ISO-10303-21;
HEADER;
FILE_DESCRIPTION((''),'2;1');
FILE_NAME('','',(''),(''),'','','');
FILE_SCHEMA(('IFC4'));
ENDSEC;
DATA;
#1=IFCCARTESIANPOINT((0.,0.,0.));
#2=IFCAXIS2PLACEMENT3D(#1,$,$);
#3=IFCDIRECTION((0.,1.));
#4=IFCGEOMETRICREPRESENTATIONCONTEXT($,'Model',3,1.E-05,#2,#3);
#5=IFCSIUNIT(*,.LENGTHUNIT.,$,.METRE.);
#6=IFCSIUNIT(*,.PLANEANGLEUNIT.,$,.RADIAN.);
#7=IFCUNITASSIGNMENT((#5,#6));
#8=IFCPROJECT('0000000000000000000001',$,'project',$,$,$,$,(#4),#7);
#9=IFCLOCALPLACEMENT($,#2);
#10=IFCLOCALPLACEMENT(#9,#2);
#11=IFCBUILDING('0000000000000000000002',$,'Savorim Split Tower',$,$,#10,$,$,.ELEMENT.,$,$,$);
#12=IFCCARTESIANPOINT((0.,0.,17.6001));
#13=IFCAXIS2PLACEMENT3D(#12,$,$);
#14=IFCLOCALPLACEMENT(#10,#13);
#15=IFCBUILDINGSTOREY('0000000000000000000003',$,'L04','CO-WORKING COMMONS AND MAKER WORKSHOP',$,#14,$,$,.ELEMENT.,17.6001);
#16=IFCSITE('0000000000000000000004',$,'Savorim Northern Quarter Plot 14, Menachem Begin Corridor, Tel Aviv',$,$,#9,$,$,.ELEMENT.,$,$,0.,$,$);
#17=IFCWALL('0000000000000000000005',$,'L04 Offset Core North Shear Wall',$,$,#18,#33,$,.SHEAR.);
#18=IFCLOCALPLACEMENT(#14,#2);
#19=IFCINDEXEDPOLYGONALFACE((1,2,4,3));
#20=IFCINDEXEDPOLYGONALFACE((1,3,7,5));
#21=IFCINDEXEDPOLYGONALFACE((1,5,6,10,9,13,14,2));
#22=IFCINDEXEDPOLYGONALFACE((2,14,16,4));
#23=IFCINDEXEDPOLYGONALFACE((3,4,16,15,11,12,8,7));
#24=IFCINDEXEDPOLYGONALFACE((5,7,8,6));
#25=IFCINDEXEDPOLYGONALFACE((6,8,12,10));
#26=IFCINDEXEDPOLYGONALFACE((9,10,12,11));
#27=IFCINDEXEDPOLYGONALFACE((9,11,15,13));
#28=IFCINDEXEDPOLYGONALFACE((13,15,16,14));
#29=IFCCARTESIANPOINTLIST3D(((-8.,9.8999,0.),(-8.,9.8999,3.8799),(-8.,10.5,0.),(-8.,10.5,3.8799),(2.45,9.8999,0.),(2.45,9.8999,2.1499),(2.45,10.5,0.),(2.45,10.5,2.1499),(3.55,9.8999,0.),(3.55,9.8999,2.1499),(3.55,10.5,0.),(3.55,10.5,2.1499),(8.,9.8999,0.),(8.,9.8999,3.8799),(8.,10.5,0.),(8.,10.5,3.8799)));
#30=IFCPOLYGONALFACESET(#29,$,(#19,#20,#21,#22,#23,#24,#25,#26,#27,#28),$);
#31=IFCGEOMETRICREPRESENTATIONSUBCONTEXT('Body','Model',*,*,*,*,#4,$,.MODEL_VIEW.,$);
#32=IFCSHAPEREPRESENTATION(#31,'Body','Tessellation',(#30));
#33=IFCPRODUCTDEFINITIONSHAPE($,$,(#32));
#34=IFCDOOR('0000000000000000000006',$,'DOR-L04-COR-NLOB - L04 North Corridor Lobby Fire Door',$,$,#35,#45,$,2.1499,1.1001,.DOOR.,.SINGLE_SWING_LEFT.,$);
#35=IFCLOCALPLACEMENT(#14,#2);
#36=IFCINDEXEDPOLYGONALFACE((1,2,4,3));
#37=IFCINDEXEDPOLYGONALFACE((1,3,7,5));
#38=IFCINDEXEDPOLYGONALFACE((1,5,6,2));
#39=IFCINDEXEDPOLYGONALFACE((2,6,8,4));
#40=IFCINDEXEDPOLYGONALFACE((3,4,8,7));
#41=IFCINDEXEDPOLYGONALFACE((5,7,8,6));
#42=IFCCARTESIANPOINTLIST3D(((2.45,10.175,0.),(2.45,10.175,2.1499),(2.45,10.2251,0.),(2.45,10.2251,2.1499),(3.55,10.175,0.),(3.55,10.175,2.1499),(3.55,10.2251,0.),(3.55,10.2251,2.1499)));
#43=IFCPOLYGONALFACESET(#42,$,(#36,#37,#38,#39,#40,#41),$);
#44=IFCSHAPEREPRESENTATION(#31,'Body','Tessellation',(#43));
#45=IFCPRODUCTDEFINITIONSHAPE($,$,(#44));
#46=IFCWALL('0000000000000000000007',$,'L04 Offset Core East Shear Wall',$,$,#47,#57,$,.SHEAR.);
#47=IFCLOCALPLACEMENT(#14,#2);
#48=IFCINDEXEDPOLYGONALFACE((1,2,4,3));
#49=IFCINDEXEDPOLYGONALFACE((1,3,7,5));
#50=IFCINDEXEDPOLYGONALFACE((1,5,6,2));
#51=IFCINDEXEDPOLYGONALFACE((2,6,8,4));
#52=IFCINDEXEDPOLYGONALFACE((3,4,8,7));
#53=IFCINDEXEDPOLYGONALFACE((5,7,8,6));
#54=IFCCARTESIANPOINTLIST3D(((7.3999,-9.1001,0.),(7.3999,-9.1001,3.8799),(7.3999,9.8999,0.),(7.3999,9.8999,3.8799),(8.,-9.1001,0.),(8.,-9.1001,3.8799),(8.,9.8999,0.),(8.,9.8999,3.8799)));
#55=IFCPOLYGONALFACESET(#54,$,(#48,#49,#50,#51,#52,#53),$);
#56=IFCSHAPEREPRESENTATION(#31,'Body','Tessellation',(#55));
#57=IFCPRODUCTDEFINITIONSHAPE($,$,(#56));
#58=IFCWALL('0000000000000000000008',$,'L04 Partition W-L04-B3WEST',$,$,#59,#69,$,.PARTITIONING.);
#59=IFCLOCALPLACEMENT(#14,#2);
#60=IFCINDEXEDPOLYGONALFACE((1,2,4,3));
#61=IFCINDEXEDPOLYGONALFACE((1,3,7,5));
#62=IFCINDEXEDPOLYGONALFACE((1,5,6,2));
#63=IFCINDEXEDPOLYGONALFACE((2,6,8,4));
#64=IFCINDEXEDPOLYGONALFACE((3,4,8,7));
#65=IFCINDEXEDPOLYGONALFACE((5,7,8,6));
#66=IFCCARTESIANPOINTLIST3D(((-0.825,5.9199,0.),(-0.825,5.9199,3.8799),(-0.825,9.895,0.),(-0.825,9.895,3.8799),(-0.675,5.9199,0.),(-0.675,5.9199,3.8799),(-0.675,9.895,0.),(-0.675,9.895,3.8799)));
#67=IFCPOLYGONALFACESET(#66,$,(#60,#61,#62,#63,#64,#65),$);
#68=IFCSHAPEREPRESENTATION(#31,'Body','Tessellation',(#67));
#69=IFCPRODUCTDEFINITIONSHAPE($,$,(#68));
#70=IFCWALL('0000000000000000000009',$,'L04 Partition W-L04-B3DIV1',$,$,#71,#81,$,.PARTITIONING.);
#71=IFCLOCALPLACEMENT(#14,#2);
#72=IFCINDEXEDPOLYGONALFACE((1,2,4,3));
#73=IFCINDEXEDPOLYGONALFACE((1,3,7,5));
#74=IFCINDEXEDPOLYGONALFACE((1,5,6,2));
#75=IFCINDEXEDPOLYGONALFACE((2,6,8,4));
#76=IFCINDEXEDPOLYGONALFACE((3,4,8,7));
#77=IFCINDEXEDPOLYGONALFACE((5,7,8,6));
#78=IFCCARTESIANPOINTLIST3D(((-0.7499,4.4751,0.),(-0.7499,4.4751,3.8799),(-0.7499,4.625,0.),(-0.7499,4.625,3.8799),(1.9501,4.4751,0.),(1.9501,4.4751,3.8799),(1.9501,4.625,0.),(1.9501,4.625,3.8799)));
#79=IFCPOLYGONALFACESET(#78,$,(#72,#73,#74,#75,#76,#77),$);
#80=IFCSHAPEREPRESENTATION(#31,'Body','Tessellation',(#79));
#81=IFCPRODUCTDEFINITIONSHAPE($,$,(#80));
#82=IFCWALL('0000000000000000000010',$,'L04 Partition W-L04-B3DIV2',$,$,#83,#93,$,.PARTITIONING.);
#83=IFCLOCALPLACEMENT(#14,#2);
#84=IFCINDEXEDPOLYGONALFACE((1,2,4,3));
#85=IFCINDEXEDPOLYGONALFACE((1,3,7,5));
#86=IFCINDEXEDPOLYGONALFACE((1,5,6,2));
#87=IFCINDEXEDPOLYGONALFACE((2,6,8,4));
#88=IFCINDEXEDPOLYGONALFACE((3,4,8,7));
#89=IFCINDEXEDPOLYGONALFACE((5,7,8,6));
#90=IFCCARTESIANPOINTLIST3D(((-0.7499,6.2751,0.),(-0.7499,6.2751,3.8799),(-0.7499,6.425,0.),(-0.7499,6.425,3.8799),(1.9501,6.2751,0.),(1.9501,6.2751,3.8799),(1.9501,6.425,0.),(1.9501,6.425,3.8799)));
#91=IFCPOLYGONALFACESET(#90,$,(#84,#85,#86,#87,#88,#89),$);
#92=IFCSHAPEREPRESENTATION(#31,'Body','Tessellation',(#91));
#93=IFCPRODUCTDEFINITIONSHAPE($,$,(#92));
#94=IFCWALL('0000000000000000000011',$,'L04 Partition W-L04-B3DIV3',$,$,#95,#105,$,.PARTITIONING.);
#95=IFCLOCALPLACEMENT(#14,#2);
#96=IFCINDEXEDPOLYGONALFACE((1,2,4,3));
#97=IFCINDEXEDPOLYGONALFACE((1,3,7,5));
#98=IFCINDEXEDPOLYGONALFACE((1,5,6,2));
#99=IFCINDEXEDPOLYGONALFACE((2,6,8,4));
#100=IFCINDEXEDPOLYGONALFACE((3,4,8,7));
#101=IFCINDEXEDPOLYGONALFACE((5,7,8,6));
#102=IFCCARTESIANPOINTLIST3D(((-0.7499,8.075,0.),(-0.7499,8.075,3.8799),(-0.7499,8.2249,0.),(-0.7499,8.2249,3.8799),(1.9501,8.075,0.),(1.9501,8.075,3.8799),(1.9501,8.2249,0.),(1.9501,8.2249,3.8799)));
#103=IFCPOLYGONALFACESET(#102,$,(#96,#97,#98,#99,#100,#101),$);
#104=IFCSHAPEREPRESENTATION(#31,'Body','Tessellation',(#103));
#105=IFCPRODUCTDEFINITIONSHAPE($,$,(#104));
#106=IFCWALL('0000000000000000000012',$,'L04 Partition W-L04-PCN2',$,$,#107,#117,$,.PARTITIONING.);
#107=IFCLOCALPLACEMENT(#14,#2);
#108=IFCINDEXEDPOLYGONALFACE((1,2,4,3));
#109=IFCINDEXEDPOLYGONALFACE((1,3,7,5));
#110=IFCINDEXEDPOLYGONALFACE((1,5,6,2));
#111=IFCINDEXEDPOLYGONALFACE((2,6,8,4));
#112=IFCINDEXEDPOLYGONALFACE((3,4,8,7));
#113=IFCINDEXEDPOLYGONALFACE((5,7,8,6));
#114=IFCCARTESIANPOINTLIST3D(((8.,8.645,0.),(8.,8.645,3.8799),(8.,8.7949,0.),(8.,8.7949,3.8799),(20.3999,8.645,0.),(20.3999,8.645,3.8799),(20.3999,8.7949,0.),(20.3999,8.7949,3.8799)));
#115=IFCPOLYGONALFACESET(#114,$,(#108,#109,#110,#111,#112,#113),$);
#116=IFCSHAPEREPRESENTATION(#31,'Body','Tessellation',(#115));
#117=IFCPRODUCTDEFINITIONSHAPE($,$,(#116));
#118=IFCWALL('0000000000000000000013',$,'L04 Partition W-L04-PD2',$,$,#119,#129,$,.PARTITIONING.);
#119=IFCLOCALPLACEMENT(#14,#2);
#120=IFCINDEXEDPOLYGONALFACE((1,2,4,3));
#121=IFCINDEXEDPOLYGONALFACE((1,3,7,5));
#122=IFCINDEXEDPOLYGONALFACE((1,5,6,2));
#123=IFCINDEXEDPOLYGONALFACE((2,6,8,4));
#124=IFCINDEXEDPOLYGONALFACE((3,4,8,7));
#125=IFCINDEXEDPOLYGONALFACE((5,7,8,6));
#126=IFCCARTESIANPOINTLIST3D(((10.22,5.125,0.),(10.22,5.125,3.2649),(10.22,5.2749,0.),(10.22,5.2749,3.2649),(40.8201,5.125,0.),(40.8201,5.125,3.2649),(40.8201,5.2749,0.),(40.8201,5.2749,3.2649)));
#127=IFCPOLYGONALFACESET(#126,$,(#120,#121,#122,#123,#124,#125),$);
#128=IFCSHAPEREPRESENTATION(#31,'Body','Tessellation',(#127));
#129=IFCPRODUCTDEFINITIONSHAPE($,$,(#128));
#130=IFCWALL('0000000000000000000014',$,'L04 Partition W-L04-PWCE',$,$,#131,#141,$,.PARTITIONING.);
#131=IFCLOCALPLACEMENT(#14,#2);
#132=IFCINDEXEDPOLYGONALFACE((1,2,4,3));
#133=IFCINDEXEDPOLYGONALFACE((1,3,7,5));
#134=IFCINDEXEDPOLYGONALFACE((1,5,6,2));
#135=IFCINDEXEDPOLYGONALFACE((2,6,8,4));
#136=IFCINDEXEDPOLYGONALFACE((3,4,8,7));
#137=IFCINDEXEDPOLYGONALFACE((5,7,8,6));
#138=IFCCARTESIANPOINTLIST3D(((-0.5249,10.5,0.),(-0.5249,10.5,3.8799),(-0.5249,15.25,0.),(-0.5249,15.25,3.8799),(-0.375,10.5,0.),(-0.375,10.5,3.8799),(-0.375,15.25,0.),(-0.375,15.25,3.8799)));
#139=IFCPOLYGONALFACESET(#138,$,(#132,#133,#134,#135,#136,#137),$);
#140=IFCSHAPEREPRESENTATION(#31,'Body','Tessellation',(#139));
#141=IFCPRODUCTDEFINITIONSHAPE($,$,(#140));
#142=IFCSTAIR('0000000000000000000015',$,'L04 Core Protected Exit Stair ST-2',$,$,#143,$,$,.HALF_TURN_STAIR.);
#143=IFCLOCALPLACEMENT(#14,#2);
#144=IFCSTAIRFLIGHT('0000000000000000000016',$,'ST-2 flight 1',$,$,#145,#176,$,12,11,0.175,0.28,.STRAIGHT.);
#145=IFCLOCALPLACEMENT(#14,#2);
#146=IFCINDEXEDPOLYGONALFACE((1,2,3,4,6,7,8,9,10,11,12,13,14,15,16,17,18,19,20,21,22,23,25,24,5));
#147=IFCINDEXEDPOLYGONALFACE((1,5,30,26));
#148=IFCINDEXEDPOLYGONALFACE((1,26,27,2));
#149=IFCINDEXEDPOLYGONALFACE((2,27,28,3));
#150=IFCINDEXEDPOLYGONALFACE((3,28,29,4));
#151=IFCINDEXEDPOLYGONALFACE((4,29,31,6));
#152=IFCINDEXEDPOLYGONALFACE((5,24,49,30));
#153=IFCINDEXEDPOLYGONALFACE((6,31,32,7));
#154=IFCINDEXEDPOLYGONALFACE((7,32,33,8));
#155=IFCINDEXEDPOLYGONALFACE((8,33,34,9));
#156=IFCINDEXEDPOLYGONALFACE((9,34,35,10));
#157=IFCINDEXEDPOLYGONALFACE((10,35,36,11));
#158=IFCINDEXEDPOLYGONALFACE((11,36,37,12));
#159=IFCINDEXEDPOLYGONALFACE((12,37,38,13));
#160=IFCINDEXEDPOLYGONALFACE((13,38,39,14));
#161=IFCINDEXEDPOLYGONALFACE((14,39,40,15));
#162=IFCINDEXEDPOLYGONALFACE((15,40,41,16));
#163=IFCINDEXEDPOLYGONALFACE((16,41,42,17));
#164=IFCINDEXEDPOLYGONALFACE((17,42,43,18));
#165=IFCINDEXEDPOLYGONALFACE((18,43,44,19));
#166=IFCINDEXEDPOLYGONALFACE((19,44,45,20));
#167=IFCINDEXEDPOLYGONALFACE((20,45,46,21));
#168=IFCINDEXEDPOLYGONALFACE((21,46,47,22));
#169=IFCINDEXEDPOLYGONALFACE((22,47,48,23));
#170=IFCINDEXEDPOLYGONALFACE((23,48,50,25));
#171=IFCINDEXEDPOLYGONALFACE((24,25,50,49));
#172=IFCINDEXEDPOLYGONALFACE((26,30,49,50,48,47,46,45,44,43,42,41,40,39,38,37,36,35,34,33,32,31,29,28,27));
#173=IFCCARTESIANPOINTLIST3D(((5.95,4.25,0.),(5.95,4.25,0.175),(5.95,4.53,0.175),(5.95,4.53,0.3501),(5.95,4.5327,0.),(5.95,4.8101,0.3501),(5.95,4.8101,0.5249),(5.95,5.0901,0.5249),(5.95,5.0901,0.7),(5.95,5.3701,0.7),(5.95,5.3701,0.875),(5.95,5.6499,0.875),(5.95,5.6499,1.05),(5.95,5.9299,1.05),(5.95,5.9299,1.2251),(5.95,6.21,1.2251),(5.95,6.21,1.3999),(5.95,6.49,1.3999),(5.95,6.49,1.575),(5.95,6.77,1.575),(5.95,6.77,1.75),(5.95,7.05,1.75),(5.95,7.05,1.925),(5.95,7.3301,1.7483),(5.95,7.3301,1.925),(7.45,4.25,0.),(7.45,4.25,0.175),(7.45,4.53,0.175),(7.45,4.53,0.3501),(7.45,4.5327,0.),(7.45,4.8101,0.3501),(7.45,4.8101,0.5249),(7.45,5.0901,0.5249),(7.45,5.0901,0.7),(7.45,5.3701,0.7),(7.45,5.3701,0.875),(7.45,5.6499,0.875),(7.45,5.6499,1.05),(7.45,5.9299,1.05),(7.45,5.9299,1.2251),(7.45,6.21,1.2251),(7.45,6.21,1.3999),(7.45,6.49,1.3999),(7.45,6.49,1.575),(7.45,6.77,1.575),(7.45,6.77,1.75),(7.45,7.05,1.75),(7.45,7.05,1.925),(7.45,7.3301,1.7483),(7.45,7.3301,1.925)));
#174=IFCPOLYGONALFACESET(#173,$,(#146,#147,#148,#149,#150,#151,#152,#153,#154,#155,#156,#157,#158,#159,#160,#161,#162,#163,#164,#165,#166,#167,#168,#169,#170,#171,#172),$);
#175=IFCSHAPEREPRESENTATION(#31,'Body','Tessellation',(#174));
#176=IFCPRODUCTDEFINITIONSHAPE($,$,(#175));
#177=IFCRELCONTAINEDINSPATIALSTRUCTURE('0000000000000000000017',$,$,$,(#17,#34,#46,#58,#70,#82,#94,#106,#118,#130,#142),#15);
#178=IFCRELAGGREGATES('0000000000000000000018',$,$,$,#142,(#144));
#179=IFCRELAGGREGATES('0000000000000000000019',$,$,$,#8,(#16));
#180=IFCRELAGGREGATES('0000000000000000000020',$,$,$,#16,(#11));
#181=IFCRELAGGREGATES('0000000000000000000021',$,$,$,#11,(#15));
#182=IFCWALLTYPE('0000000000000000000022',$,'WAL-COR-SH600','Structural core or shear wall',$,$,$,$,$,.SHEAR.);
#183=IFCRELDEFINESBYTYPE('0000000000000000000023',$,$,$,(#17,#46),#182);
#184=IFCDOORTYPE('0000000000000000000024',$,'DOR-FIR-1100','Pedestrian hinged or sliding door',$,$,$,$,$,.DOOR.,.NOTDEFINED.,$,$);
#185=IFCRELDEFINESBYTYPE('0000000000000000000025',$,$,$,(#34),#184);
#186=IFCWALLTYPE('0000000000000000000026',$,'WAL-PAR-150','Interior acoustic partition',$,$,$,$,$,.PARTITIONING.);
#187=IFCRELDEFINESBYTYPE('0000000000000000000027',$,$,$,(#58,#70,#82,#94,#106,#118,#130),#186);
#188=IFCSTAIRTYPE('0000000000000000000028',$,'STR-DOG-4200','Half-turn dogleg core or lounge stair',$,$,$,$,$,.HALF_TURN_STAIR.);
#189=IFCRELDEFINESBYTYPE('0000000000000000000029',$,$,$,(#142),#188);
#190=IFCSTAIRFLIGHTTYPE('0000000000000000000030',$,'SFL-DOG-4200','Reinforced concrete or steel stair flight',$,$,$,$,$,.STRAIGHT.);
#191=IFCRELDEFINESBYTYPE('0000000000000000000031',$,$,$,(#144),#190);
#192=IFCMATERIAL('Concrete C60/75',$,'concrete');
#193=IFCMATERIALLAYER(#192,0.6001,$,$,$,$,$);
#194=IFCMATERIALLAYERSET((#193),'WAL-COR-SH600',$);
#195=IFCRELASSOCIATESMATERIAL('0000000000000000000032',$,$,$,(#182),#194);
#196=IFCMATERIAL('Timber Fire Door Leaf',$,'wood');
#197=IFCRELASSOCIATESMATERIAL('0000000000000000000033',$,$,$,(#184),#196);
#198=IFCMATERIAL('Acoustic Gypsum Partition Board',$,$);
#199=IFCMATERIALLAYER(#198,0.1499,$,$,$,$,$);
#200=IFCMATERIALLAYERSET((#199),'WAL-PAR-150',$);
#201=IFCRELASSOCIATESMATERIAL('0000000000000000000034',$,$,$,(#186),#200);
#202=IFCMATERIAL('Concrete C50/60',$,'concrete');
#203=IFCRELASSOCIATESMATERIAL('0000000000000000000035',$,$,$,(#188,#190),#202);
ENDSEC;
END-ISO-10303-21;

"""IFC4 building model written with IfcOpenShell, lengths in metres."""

from ifc_helpers import new_model, si_unit, direction, frame, frame_2d, origin, place, context, subcontext, project, spatial, polyline, rectangle, outline, extrude, material, layer, layer_set, type_object, element, fill, aggregate, save


model = new_model("IFC4")

# Units and contexts
model_context = context("Model", 3, precision=1e-05, world=origin(), true_north=direction((0.0, 1.0)))
body_context = subcontext(model_context, "Body", "Model", "MODEL_VIEW")
ifc_project = project(units=[si_unit("LENGTHUNIT", "METRE"), si_unit("PLANEANGLEUNIT", "RADIAN")], contexts=[model_context])

# Site, building, storey
site_placement = place(None, origin())
site = spatial("IfcSite", under=ifc_project, at=site_placement, Name="Savorim Northern Quarter Plot 14, Menachem Begin Corridor, Tel Aviv", CompositionType="ELEMENT", RefElevation=0.0)
building_placement = place(site_placement, origin())
building = spatial("IfcBuilding", under=site, at=building_placement, Name="Savorim Split Tower", CompositionType="ELEMENT")
storey_placement = place(building_placement, frame((0.0, 0.0, 17.6001)))
storey = spatial("IfcBuildingStorey", under=building, at=storey_placement, Name="L04", Description="CO-WORKING COMMONS AND MAKER WORKSHOP", CompositionType="ELEMENT", Elevation=17.6001)

# Shared definitions
ifc_material_1 = material(Name="Concrete C60/75", Category="concrete")

# Wall, opening, door
ifc_layer_1 = layer(ifc_material_1, 0.6001)
ifc_layer_set_1 = layer_set([ifc_layer_1], Name="WAL-COR-SH600")
wall_type_1 = type_object("IfcWallType", Name="WAL-COR-SH600", Description="Structural core or shear wall", PredefinedType="SHEAR", material=ifc_layer_set_1)
wall_1_placement = place(storey_placement, frame((8.0, 10.2, 0.0), z_axis=(0.0, 0.0, 1.0), x_axis=(-1.0, 0.0, 0.0)))
wall_1 = element("IfcWall", 1, at=wall_1_placement, inside=storey, type_object=wall_type_1, Name="L04 Offset Core North Shear Wall", PredefinedType="SHEAR", context=body_context, shape_type="SweptSolid", body=[
    extrude(rectangle(XDim=16.0, YDim=0.6001, at=frame_2d((8.0, 0.0))), origin(), (0.0, 0.0, 1.0), 3.8799),
])
opening_placement = place(wall_1_placement, frame((4.45, 0.0, 0.0)))
opening = element("IfcOpeningElement", 2, at=opening_placement, cuts=wall_1, PredefinedType="OPENING", context=body_context, shape_type="SweptSolid", body=[
    extrude(rectangle(XDim=1.1001, YDim=2.1499, at=frame_2d((0.55, 1.075))), frame((0.0, 0.3101, 0.0), z_axis=(0.0, -1.0, 0.0), x_axis=(1.0, 0.0, 0.0)), (0.0, 0.0, 1.0), 0.6201),
])
ifc_material_2 = material(Name="Timber Fire Door Leaf", Category="wood")
door_type = type_object("IfcDoorType", Name="DOR-FIR-1100", Description="Pedestrian hinged or sliding door", OperationType="NOTDEFINED", PredefinedType="DOOR", material=ifc_material_2)
door_placement = place(opening_placement, origin())
door = element("IfcDoor", 3, at=door_placement, inside=storey, type_object=door_type, Name="DOR-L04-COR-NLOB - L04 North Corridor Lobby Fire Door", OperationType="SINGLE_SWING_LEFT", OverallHeight=2.1499, OverallWidth=1.1001, PredefinedType="DOOR", context=body_context, shape_type="SweptSolid", body=[
    extrude(rectangle(XDim=1.1001, YDim=2.1499, at=frame_2d((0.55, 1.075))), frame((0.0, 0.0249, 0.0), z_axis=(0.0, -1.0, 0.0), x_axis=(1.0, 0.0, 0.0)), (0.0, 0.0, 1.0), 0.05),
])
fill(opening, door)

# Walls
wall_2_placement = place(storey_placement, frame((7.7, 9.8999, 0.0), z_axis=(0.0, 0.0, 1.0), x_axis=(0.0, -1.0, 0.0)))
element("IfcWall", 4, at=wall_2_placement, inside=storey, type_object=wall_type_1, Name="L04 Offset Core East Shear Wall", PredefinedType="SHEAR", context=body_context, shape_type="SweptSolid", body=[
    extrude(rectangle(XDim=19.0, YDim=0.6001, at=frame_2d((9.5, 0.0))), origin(), (0.0, 0.0, 1.0), 3.8799),
])
ifc_material_3 = material(Name="Acoustic Gypsum Partition Board")
ifc_layer_2 = layer(ifc_material_3, 0.1499)
ifc_layer_set_2 = layer_set([ifc_layer_2], Name="WAL-PAR-150")
wall_type_2 = type_object("IfcWallType", Name="WAL-PAR-150", Description="Interior acoustic partition", PredefinedType="PARTITIONING", material=ifc_layer_set_2)
wall_3_placement = place(storey_placement, frame((-0.75, 5.9199, 0.0), z_axis=(0.0, 0.0, 1.0), x_axis=(0.0, 1.0, 0.0)))
element("IfcWall", 5, at=wall_3_placement, inside=storey, type_object=wall_type_2, Name="L04 Partition W-L04-B3WEST", PredefinedType="PARTITIONING", context=body_context, shape_type="SweptSolid", body=[
    extrude(rectangle(XDim=3.9751, YDim=0.1499, at=frame_2d((1.9875, 0.0))), origin(), (0.0, 0.0, 1.0), 3.8799),
])
for number, where, z_axis, x_axis, name in (
    (6, (-0.75, 4.55, 0.0), (0.0, 0.0, 1.0), (1.0, 0.0, 0.0), "L04 Partition W-L04-B3DIV1"),
    (7, (-0.75, 6.3501, 0.0), (0.0, 0.0, 1.0), (1.0, 0.0, 0.0), "L04 Partition W-L04-B3DIV2"),
    (8, (-0.75, 8.1499, 0.0), (0.0, 0.0, 1.0), (1.0, 0.0, 0.0), "L04 Partition W-L04-B3DIV3"),
):
    element("IfcWall", number, at=place(storey_placement, frame(where, z_axis=z_axis, x_axis=x_axis)), inside=storey, type_object=wall_type_2, Name=name, PredefinedType="PARTITIONING", context=body_context, shape_type="SweptSolid", body=[
        extrude(rectangle(XDim=2.7, YDim=0.1499, at=frame_2d((1.3501, 0.0))), origin(), (0.0, 0.0, 1.0), 3.8799),
    ])
wall_4_placement = place(storey_placement, frame((8.0, 8.72, 0.0), z_axis=(0.0, 0.0, 1.0), x_axis=(1.0, 0.0, 0.0)))
element("IfcWall", 9, at=wall_4_placement, inside=storey, type_object=wall_type_2, Name="L04 Partition W-L04-PCN2", PredefinedType="PARTITIONING", context=body_context, shape_type="SweptSolid", body=[
    extrude(rectangle(XDim=12.3999, YDim=0.1499, at=frame_2d((6.2, 0.0))), origin(), (0.0, 0.0, 1.0), 3.8799),
])
wall_5_placement = place(storey_placement, frame((10.22, 5.2, 0.0), z_axis=(0.0, 0.0, 1.0), x_axis=(1.0, 0.0, 0.0)))
element("IfcWall", 10, at=wall_5_placement, inside=storey, type_object=wall_type_2, Name="L04 Partition W-L04-PD2", PredefinedType="PARTITIONING", context=body_context, shape_type="SweptSolid", body=[
    extrude(rectangle(XDim=30.6001, YDim=0.1499, at=frame_2d((15.3, 0.0))), origin(), (0.0, 0.0, 1.0), 3.2649),
])
wall_6_placement = place(storey_placement, frame((-0.45, 10.5, 0.0), z_axis=(0.0, 0.0, 1.0), x_axis=(0.0, 1.0, 0.0)))
element("IfcWall", 11, at=wall_6_placement, inside=storey, type_object=wall_type_2, Name="L04 Partition W-L04-PWCE", PredefinedType="PARTITIONING", context=body_context, shape_type="SweptSolid", body=[
    extrude(rectangle(XDim=4.75, YDim=0.1499, at=frame_2d((2.375, 0.0))), origin(), (0.0, 0.0, 1.0), 3.8799),
])

# Stair, stair flight
ifc_material_4 = material(Name="Concrete C50/60", Category="concrete")
stair_type = type_object("IfcStairType", Name="STR-DOG-4200", Description="Half-turn dogleg core or lounge stair", PredefinedType="HALF_TURN_STAIR", material=ifc_material_4)
stair_placement = place(storey_placement, origin())
stair = element("IfcStair", 12, at=stair_placement, inside=storey, type_object=stair_type, Name="L04 Core Protected Exit Stair ST-2", PredefinedType="HALF_TURN_STAIR")
stair_flight_type = type_object("IfcStairFlightType", Name="SFL-DOG-4200", Description="Reinforced concrete or steel stair flight", PredefinedType="STRAIGHT", material=ifc_material_4)
stair_flight_1_placement = place(storey_placement, frame((6.7, 4.25, 0.0), z_axis=(0.0, 0.0, 1.0), x_axis=(0.0, 1.0, 0.0)))
stair_flight_1 = element("IfcStairFlight", 13, at=stair_flight_1_placement, type_object=stair_flight_type, Name="ST-2 flight 1", NumberOfRisers=12, NumberOfTreads=11, PredefinedType="STRAIGHT", RiserHeight=0.175, TreadLength=0.28, context=body_context, shape_type="SweptSolid", body=[
    extrude(outline(polyline([(0.0, 0.0), (0.0, 0.175), (0.28, 0.175), (0.28, 0.3501), (0.5601, 0.3501), (0.5601, 0.5249), (0.8401, 0.5249), (0.8401, 0.7), (1.1201, 0.7), (1.1201, 0.875), (1.3999, 0.875), (1.3999, 1.05), (1.6799, 1.05), (1.6799, 1.2251), (1.96, 1.2251), (1.96, 1.3999), (2.24, 1.3999), (2.24, 1.575), (2.52, 1.575), (2.52, 1.75), (2.8, 1.75), (2.8, 1.925), (3.0801, 1.925), (3.0801, 2.1001), (3.0801, 1.7483), (0.2827, 0.0), (0.0, 0.0)])), frame((0.0, 0.75, 0.0), z_axis=(0.0, -1.0, 0.0), x_axis=(1.0, 0.0, 0.0)), (0.0, 0.0, 1.0), 1.5),
])
aggregate(stair, [stair_flight_1])

save(model, "model.ifc")
